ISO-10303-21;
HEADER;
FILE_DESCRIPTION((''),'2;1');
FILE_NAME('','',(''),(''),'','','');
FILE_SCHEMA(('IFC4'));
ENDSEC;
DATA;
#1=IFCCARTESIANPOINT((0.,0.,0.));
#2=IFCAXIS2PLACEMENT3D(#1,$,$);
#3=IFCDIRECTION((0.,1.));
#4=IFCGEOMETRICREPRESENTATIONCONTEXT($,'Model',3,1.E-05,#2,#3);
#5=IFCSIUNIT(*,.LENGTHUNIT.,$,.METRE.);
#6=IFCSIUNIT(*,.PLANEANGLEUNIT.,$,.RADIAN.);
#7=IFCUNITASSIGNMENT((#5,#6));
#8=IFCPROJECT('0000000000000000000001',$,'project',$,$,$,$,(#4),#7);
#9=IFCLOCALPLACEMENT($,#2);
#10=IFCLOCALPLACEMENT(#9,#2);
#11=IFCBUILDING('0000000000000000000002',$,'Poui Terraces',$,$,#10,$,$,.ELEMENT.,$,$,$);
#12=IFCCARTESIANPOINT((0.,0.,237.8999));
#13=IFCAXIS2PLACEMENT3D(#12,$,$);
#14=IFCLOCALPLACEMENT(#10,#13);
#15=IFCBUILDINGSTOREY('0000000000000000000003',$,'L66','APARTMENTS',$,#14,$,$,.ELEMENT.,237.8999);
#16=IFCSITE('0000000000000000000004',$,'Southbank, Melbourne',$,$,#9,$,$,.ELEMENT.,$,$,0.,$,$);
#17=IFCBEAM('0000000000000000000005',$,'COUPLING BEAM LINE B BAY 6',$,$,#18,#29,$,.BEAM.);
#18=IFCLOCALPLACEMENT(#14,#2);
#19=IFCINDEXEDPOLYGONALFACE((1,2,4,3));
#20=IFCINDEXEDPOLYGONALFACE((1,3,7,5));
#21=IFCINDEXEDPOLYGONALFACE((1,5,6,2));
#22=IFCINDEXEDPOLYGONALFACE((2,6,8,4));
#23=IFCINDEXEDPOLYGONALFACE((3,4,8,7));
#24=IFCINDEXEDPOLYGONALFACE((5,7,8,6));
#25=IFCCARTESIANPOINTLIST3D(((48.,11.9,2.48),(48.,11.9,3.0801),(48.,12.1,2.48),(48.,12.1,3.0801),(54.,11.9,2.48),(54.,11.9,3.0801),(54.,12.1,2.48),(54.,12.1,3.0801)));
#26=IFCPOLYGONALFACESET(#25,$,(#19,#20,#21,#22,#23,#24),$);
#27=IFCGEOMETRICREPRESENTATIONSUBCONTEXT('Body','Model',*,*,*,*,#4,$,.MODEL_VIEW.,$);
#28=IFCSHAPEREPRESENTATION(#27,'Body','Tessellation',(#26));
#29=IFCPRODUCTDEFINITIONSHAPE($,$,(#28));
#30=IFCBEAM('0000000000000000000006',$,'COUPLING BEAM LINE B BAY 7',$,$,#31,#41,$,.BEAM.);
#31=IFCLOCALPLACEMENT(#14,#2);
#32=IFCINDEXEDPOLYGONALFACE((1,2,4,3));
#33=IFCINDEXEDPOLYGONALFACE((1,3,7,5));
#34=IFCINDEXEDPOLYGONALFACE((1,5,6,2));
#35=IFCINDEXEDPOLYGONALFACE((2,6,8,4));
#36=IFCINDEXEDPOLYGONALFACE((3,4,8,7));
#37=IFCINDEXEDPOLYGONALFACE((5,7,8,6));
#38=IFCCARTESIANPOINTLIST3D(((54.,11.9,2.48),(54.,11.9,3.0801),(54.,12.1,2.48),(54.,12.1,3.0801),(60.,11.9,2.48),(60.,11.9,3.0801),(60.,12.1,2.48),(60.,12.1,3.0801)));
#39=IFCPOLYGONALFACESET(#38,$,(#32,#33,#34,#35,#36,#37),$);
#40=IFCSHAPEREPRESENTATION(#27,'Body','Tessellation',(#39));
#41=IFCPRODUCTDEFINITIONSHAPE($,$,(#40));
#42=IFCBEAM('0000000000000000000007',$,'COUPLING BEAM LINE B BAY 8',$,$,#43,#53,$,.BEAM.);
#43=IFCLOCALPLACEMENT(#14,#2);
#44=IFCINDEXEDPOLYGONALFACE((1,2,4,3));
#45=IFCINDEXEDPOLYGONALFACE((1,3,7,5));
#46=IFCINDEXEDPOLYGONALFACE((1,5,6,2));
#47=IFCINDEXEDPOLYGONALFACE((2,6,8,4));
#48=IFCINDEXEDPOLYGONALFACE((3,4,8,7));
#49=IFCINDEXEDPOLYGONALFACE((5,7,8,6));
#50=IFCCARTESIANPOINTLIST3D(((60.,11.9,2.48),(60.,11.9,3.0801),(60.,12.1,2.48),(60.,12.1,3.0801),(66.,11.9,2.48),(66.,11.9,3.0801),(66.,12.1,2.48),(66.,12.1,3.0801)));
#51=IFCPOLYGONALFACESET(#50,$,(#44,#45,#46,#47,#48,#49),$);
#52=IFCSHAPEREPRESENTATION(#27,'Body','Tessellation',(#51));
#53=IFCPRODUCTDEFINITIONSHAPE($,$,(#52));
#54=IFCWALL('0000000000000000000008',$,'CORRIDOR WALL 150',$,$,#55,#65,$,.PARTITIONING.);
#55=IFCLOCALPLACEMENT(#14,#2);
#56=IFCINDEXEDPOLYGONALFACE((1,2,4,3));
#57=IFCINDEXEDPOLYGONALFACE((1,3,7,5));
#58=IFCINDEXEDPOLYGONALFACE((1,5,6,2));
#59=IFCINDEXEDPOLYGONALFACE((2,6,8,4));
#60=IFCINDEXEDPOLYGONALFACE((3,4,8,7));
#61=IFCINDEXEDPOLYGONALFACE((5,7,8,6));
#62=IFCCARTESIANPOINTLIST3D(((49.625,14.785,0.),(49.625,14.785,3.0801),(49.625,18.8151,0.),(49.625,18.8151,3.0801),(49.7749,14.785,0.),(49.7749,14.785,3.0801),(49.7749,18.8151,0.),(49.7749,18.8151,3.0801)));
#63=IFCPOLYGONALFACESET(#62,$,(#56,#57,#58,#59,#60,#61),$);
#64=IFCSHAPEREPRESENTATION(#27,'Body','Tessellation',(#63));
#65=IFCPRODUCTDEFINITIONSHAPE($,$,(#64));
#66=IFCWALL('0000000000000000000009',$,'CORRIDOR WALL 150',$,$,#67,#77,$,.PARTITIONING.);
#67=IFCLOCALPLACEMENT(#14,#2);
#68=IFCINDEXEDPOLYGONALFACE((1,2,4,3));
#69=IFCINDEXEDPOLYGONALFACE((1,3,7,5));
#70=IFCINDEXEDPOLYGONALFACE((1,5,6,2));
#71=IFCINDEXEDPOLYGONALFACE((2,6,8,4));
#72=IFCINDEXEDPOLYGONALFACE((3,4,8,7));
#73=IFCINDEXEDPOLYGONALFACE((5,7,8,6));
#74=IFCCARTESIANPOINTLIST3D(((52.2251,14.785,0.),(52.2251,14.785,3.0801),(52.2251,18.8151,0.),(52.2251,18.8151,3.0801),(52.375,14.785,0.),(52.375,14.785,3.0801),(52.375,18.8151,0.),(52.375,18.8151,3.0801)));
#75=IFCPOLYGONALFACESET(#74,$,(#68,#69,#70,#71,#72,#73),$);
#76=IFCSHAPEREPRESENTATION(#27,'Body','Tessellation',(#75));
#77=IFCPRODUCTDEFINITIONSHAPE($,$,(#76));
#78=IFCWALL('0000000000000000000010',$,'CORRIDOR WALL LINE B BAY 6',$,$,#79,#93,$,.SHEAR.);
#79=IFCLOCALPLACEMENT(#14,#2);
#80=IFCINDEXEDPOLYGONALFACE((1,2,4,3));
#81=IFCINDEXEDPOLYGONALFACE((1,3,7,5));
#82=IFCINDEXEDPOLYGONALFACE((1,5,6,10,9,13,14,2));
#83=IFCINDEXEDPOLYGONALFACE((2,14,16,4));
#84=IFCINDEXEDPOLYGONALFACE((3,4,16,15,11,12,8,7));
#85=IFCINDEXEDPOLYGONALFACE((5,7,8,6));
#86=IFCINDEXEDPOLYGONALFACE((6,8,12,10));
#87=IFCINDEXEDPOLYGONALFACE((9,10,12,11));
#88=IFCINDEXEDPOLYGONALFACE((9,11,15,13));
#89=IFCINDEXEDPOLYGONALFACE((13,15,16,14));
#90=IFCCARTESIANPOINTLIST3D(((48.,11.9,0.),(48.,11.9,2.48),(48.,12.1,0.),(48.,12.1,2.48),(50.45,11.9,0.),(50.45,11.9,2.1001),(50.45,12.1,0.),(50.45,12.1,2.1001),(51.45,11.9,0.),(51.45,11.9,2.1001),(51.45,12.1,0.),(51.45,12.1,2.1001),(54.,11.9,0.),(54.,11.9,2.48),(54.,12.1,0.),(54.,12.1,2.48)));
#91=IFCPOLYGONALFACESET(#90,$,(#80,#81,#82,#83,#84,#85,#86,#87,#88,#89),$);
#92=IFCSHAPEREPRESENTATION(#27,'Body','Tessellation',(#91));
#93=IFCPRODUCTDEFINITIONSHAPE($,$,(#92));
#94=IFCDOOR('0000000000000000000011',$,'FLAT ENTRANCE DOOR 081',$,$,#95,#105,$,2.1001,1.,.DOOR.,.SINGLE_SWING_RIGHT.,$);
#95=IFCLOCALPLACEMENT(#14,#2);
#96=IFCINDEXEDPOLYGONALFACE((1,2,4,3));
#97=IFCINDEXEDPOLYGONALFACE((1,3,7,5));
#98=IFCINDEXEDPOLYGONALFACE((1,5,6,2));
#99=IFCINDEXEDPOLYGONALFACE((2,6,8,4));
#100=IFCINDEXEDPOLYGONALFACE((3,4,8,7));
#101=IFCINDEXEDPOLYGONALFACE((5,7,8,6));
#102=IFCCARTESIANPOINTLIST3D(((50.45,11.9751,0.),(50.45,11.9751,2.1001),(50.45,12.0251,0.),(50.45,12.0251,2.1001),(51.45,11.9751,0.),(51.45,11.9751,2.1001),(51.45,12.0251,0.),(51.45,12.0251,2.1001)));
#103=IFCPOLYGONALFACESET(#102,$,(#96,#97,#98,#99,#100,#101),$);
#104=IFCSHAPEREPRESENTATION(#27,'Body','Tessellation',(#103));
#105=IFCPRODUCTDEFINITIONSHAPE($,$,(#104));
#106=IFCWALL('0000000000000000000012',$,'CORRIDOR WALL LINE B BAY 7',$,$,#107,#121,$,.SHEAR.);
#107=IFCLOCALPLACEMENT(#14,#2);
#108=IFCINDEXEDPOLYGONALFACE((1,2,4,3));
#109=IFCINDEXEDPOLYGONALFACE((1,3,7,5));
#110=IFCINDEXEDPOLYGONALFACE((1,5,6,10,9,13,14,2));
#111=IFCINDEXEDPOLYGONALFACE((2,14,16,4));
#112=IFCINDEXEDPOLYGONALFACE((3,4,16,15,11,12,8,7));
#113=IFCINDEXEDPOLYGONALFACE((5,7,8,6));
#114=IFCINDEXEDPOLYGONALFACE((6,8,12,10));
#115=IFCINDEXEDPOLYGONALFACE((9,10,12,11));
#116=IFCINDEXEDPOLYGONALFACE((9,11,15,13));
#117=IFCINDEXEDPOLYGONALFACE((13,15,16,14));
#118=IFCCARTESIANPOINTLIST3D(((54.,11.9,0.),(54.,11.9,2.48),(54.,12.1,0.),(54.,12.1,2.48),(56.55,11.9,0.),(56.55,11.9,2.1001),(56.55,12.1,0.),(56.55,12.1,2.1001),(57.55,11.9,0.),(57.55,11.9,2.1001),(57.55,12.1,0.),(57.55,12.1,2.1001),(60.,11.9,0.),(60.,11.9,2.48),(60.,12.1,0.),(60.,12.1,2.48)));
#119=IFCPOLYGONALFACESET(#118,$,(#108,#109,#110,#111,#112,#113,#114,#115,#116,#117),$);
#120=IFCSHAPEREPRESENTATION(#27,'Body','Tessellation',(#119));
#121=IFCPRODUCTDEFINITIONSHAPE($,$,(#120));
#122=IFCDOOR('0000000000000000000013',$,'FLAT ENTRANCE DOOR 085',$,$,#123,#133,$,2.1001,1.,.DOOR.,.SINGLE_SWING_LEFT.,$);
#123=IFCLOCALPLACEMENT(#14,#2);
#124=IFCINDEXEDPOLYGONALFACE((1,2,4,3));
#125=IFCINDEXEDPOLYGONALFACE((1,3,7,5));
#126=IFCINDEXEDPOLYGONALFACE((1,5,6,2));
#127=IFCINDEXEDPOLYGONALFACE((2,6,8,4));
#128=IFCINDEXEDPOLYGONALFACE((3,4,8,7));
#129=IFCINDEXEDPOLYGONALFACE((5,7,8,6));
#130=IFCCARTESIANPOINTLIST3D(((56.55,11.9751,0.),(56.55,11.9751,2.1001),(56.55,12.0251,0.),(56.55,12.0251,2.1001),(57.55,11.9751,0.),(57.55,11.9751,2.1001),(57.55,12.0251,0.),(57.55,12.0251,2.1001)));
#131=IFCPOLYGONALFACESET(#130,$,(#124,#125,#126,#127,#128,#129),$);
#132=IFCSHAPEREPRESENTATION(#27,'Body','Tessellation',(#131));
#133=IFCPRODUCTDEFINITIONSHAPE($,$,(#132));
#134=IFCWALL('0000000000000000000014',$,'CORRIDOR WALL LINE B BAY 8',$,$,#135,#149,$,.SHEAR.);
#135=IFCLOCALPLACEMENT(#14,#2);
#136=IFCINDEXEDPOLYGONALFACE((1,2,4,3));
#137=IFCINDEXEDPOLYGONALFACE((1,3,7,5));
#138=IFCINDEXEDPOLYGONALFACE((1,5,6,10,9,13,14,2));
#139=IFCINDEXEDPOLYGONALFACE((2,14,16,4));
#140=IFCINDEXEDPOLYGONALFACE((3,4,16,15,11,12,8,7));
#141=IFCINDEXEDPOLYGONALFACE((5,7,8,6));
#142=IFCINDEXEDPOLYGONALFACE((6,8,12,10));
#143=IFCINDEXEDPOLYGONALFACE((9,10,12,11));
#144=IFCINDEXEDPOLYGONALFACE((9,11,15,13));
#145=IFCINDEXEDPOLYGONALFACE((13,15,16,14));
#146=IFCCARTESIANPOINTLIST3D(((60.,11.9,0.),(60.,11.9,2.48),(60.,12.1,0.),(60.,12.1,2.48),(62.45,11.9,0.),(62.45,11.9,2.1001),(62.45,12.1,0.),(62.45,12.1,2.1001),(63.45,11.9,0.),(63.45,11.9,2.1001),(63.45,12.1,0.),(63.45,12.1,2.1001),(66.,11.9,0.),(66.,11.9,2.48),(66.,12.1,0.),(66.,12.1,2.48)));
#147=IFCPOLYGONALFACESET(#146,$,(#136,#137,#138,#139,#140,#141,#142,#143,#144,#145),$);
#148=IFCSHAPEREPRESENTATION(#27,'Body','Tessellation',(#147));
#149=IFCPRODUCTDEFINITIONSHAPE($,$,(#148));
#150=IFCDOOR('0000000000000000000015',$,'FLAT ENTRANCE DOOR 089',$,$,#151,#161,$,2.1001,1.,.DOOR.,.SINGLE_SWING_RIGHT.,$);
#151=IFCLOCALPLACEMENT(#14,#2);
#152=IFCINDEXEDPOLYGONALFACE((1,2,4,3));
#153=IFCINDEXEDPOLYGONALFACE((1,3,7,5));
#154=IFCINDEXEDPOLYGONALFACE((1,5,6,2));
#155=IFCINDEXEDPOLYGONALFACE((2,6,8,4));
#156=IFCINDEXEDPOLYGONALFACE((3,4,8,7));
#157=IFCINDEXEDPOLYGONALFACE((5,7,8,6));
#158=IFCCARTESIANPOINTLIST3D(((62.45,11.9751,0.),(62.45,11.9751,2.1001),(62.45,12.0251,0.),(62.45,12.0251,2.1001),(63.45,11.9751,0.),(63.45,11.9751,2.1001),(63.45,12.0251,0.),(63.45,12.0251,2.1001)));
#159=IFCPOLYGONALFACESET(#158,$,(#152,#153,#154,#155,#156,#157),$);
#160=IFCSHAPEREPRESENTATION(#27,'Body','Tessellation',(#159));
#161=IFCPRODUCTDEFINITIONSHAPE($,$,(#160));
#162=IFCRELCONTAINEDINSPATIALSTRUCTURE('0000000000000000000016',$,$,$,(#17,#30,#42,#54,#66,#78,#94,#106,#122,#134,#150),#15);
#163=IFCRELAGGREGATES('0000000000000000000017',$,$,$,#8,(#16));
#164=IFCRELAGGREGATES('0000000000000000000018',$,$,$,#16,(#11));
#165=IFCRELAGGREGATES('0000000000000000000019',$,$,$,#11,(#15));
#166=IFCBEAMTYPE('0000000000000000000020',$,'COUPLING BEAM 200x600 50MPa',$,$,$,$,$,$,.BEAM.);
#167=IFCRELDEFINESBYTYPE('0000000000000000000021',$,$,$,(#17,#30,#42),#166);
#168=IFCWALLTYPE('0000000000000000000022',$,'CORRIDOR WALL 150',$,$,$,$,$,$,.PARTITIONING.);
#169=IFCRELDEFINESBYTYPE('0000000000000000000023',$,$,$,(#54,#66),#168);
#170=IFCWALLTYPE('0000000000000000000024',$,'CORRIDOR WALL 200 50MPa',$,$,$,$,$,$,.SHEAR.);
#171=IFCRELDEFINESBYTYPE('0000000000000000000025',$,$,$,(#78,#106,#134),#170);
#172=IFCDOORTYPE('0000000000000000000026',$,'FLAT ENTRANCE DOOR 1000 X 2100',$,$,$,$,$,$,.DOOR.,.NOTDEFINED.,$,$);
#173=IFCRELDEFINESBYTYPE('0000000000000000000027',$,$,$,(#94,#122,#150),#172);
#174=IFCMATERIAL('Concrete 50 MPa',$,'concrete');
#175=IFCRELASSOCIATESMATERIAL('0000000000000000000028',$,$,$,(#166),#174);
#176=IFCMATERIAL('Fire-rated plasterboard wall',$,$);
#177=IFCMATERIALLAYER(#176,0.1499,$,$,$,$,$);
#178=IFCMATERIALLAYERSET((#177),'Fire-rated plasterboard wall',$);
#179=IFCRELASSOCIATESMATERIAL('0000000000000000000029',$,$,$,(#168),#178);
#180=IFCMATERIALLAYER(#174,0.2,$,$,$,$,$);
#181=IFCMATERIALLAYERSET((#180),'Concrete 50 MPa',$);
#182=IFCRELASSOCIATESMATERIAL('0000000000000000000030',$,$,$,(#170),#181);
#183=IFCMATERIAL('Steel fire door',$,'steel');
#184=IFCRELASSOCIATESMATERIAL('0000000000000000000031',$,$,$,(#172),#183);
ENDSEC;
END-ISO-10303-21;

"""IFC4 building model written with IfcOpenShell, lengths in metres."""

from ifc_helpers import new_model, si_unit, direction, frame, frame_2d, origin, origin_2d, place, context, subcontext, project, spatial, rectangle, extrude, source, transform, mapped, material, layer, layer_set, material_profile, profile_set, type_object, element, fill, save


model = new_model("IFC4")

# Units and contexts
model_context = context("Model", 3, precision=1e-05, world=origin(), true_north=direction((0.0, 1.0)))
body_context = subcontext(model_context, "Body", "Model", "MODEL_VIEW")
ifc_project = project(units=[si_unit("LENGTHUNIT", "METRE"), si_unit("PLANEANGLEUNIT", "RADIAN")], contexts=[model_context])

# Site, building, storey
site_placement = place(None, origin())
site = spatial("IfcSite", under=ifc_project, at=site_placement, Name="Southbank, Melbourne", CompositionType="ELEMENT", RefElevation=0.0)
building_placement = place(site_placement, origin())
building = spatial("IfcBuilding", under=site, at=building_placement, Name="Poui Terraces", CompositionType="ELEMENT")
storey_placement = place(building_placement, frame((0.0, 0.0, 237.8999)))
storey = spatial("IfcBuildingStorey", under=building, at=storey_placement, Name="L66", Description="APARTMENTS", CompositionType="ELEMENT", Elevation=237.8999)

# Beams
ifc_material_1 = material(Name="Concrete 50 MPa", Category="concrete")
ifc_material_profile = material_profile(ifc_material_1, rectangle(XDim=0.2, YDim=0.6001, at=origin_2d()), Name="RC 200x600")
ifc_profile_set = profile_set([ifc_material_profile], Name="Concrete 50 MPa")
beam_type = type_object("IfcBeamType", Name="COUPLING BEAM 200x600 50MPa", PredefinedType="BEAM", material=ifc_profile_set)
shared_shape = source(origin(), body_context, "Body", "SweptSolid", [
    extrude(rectangle(XDim=0.2, YDim=0.6001, at=origin_2d()), origin(), (0.0, 0.0, 1.0), 6.0),
])
for number, where, z_axis, x_axis, name in (
    (1, (48.0, 12.0, 2.78), (1.0, 0.0, 0.0), (0.0, 1.0, 0.0), "COUPLING BEAM LINE B BAY 6"),
    (2, (54.0, 12.0, 2.78), (1.0, 0.0, 0.0), (0.0, 1.0, 0.0), "COUPLING BEAM LINE B BAY 7"),
    (3, (60.0, 12.0, 2.78), (1.0, 0.0, 0.0), (0.0, 1.0, 0.0), "COUPLING BEAM LINE B BAY 8"),
):
    element("IfcBeam", number, at=place(storey_placement, frame(where, z_axis=z_axis, x_axis=x_axis)), inside=storey, type_object=beam_type, Name=name, PredefinedType="BEAM", context=body_context, shape_type="MappedRepresentation", body=[
        mapped(shared_shape, transform((0.0, 0.0, 0.0))),
    ])

# Walls
ifc_material_2 = material(Name="Fire-rated plasterboard wall")
ifc_layer_1 = layer(ifc_material_2, 0.1499)
ifc_layer_set_1 = layer_set([ifc_layer_1], Name="Fire-rated plasterboard wall")
wall_type_1 = type_object("IfcWallType", Name="CORRIDOR WALL 150", PredefinedType="PARTITIONING", material=ifc_layer_set_1)
for number, where, z_axis, x_axis, name in (
    (4, (49.7, 14.7849, 0.0), (0.0, 0.0, 1.0), (0.0, 1.0, 0.0), "CORRIDOR WALL 150"),
    (5, (52.3, 14.7849, 0.0), (0.0, 0.0, 1.0), (0.0, 1.0, 0.0), "CORRIDOR WALL 150"),
):
    element("IfcWall", number, at=place(storey_placement, frame(where, z_axis=z_axis, x_axis=x_axis)), inside=storey, type_object=wall_type_1, Name=name, PredefinedType="PARTITIONING", context=body_context, shape_type="SweptSolid", body=[
        extrude(rectangle(XDim=4.03, YDim=0.1499, at=frame_2d((2.0151, 0.0))), origin(), (0.0, 0.0, 1.0), 3.0801),
    ])

# Walls, openings, doors
ifc_layer_2 = layer(ifc_material_1, 0.2)
ifc_layer_set_2 = layer_set([ifc_layer_2], Name="Concrete 50 MPa")
wall_type_2 = type_object("IfcWallType", Name="CORRIDOR WALL 200 50MPa", PredefinedType="SHEAR", material=ifc_layer_set_2)
wall_1_placement = place(storey_placement, frame((48.0, 12.0, 0.0), z_axis=(0.0, 0.0, 1.0), x_axis=(1.0, 0.0, 0.0)))
wall_1 = element("IfcWall", 6, at=wall_1_placement, inside=storey, type_object=wall_type_2, Name="CORRIDOR WALL LINE B BAY 6", PredefinedType="SHEAR", context=body_context, shape_type="SweptSolid", body=[
    extrude(rectangle(XDim=6.0, YDim=0.2, at=frame_2d((3.0, 0.0))), origin(), (0.0, 0.0, 1.0), 2.48),
])
opening_1_placement = place(wall_1_placement, frame((2.45, 0.0, 0.0)))
opening_1 = element("IfcOpeningElement", 7, at=opening_1_placement, cuts=wall_1, PredefinedType="OPENING", context=body_context, shape_type="SweptSolid", body=[
    extrude(rectangle(XDim=1.0, YDim=2.1001, at=frame_2d((0.5, 1.05))), frame((0.0, 0.1099, 0.0), z_axis=(0.0, -1.0, 0.0), x_axis=(1.0, 0.0, 0.0)), (0.0, 0.0, 1.0), 0.22),
])
ifc_material_3 = material(Name="Steel fire door", Category="steel")
door_type_1 = type_object("IfcDoorType", Name="FLAT ENTRANCE DOOR 1000 X 2100", OperationType="NOTDEFINED", PredefinedType="DOOR", material=ifc_material_3)
door_1_placement = place(opening_1_placement, frame((1.0, 0.0, 0.0), z_axis=(0.0, 0.0, 1.0), x_axis=(-1.0, 0.0, 0.0)))
door_1 = element("IfcDoor", 8, at=door_1_placement, inside=storey, type_object=door_type_1, Name="FLAT ENTRANCE DOOR 081", OperationType="SINGLE_SWING_RIGHT", OverallHeight=2.1001, OverallWidth=1.0, PredefinedType="DOOR", context=body_context, shape_type="SweptSolid", body=[
    extrude(rectangle(XDim=1.0, YDim=2.1001, at=frame_2d((0.5, 1.05))), frame((0.0, 0.0249, 0.0), z_axis=(0.0, -1.0, 0.0), x_axis=(1.0, 0.0, 0.0)), (0.0, 0.0, 1.0), 0.05),
])
fill(opening_1, door_1)
wall_2_placement = place(storey_placement, frame((54.0, 12.0, 0.0), z_axis=(0.0, 0.0, 1.0), x_axis=(1.0, 0.0, 0.0)))
wall_2 = element("IfcWall", 9, at=wall_2_placement, inside=storey, type_object=wall_type_2, Name="CORRIDOR WALL LINE B BAY 7", PredefinedType="SHEAR", context=body_context, shape_type="SweptSolid", body=[
    extrude(rectangle(XDim=6.0, YDim=0.2, at=frame_2d((3.0, 0.0))), origin(), (0.0, 0.0, 1.0), 2.48),
])
opening_2_placement = place(wall_2_placement, frame((2.55, 0.0, 0.0)))
opening_2 = element("IfcOpeningElement", 10, at=opening_2_placement, cuts=wall_2, PredefinedType="OPENING", context=body_context, shape_type="SweptSolid", body=[
    extrude(rectangle(XDim=1.0, YDim=2.1001, at=frame_2d((0.5, 1.05))), frame((0.0, 0.1099, 0.0), z_axis=(0.0, -1.0, 0.0), x_axis=(1.0, 0.0, 0.0)), (0.0, 0.0, 1.0), 0.22),
])
door_2_placement = place(opening_2_placement, frame((1.0, 0.0, 0.0), z_axis=(0.0, 0.0, 1.0), x_axis=(-1.0, 0.0, 0.0)))
door_2 = element("IfcDoor", 11, at=door_2_placement, inside=storey, type_object=door_type_1, Name="FLAT ENTRANCE DOOR 085", OperationType="SINGLE_SWING_LEFT", OverallHeight=2.1001, OverallWidth=1.0, PredefinedType="DOOR", context=body_context, shape_type="SweptSolid", body=[
    extrude(rectangle(XDim=1.0, YDim=2.1001, at=frame_2d((0.5, 1.05))), frame((0.0, 0.0249, 0.0), z_axis=(0.0, -1.0, 0.0), x_axis=(1.0, 0.0, 0.0)), (0.0, 0.0, 1.0), 0.05),
])
fill(opening_2, door_2)
wall_3_placement = place(storey_placement, frame((60.0, 12.0, 0.0), z_axis=(0.0, 0.0, 1.0), x_axis=(1.0, 0.0, 0.0)))
wall_3 = element("IfcWall", 12, at=wall_3_placement, inside=storey, type_object=wall_type_2, Name="CORRIDOR WALL LINE B BAY 8", PredefinedType="SHEAR", context=body_context, shape_type="SweptSolid", body=[
    extrude(rectangle(XDim=6.0, YDim=0.2, at=frame_2d((3.0, 0.0))), origin(), (0.0, 0.0, 1.0), 2.48),
])
opening_3_placement = place(wall_3_placement, frame((2.45, 0.0, 0.0)))
opening_3 = element("IfcOpeningElement", 13, at=opening_3_placement, cuts=wall_3, PredefinedType="OPENING", context=body_context, shape_type="SweptSolid", body=[
    extrude(rectangle(XDim=1.0, YDim=2.1001, at=frame_2d((0.5, 1.05))), frame((0.0, 0.1099, 0.0), z_axis=(0.0, -1.0, 0.0), x_axis=(1.0, 0.0, 0.0)), (0.0, 0.0, 1.0), 0.22),
])
door_3_placement = place(opening_3_placement, frame((1.0, 0.0, 0.0), z_axis=(0.0, 0.0, 1.0), x_axis=(-1.0, 0.0, 0.0)))
door_3 = element("IfcDoor", 14, at=door_3_placement, inside=storey, type_object=door_type_1, Name="FLAT ENTRANCE DOOR 089", OperationType="SINGLE_SWING_RIGHT", OverallHeight=2.1001, OverallWidth=1.0, PredefinedType="DOOR", context=body_context, shape_type="SweptSolid", body=[
    extrude(rectangle(XDim=1.0, YDim=2.1001, at=frame_2d((0.5, 1.05))), frame((0.0, 0.0249, 0.0), z_axis=(0.0, -1.0, 0.0), x_axis=(1.0, 0.0, 0.0)), (0.0, 0.0, 1.0), 0.05),
])
fill(opening_3, door_3)

save(model, "model.ifc")
